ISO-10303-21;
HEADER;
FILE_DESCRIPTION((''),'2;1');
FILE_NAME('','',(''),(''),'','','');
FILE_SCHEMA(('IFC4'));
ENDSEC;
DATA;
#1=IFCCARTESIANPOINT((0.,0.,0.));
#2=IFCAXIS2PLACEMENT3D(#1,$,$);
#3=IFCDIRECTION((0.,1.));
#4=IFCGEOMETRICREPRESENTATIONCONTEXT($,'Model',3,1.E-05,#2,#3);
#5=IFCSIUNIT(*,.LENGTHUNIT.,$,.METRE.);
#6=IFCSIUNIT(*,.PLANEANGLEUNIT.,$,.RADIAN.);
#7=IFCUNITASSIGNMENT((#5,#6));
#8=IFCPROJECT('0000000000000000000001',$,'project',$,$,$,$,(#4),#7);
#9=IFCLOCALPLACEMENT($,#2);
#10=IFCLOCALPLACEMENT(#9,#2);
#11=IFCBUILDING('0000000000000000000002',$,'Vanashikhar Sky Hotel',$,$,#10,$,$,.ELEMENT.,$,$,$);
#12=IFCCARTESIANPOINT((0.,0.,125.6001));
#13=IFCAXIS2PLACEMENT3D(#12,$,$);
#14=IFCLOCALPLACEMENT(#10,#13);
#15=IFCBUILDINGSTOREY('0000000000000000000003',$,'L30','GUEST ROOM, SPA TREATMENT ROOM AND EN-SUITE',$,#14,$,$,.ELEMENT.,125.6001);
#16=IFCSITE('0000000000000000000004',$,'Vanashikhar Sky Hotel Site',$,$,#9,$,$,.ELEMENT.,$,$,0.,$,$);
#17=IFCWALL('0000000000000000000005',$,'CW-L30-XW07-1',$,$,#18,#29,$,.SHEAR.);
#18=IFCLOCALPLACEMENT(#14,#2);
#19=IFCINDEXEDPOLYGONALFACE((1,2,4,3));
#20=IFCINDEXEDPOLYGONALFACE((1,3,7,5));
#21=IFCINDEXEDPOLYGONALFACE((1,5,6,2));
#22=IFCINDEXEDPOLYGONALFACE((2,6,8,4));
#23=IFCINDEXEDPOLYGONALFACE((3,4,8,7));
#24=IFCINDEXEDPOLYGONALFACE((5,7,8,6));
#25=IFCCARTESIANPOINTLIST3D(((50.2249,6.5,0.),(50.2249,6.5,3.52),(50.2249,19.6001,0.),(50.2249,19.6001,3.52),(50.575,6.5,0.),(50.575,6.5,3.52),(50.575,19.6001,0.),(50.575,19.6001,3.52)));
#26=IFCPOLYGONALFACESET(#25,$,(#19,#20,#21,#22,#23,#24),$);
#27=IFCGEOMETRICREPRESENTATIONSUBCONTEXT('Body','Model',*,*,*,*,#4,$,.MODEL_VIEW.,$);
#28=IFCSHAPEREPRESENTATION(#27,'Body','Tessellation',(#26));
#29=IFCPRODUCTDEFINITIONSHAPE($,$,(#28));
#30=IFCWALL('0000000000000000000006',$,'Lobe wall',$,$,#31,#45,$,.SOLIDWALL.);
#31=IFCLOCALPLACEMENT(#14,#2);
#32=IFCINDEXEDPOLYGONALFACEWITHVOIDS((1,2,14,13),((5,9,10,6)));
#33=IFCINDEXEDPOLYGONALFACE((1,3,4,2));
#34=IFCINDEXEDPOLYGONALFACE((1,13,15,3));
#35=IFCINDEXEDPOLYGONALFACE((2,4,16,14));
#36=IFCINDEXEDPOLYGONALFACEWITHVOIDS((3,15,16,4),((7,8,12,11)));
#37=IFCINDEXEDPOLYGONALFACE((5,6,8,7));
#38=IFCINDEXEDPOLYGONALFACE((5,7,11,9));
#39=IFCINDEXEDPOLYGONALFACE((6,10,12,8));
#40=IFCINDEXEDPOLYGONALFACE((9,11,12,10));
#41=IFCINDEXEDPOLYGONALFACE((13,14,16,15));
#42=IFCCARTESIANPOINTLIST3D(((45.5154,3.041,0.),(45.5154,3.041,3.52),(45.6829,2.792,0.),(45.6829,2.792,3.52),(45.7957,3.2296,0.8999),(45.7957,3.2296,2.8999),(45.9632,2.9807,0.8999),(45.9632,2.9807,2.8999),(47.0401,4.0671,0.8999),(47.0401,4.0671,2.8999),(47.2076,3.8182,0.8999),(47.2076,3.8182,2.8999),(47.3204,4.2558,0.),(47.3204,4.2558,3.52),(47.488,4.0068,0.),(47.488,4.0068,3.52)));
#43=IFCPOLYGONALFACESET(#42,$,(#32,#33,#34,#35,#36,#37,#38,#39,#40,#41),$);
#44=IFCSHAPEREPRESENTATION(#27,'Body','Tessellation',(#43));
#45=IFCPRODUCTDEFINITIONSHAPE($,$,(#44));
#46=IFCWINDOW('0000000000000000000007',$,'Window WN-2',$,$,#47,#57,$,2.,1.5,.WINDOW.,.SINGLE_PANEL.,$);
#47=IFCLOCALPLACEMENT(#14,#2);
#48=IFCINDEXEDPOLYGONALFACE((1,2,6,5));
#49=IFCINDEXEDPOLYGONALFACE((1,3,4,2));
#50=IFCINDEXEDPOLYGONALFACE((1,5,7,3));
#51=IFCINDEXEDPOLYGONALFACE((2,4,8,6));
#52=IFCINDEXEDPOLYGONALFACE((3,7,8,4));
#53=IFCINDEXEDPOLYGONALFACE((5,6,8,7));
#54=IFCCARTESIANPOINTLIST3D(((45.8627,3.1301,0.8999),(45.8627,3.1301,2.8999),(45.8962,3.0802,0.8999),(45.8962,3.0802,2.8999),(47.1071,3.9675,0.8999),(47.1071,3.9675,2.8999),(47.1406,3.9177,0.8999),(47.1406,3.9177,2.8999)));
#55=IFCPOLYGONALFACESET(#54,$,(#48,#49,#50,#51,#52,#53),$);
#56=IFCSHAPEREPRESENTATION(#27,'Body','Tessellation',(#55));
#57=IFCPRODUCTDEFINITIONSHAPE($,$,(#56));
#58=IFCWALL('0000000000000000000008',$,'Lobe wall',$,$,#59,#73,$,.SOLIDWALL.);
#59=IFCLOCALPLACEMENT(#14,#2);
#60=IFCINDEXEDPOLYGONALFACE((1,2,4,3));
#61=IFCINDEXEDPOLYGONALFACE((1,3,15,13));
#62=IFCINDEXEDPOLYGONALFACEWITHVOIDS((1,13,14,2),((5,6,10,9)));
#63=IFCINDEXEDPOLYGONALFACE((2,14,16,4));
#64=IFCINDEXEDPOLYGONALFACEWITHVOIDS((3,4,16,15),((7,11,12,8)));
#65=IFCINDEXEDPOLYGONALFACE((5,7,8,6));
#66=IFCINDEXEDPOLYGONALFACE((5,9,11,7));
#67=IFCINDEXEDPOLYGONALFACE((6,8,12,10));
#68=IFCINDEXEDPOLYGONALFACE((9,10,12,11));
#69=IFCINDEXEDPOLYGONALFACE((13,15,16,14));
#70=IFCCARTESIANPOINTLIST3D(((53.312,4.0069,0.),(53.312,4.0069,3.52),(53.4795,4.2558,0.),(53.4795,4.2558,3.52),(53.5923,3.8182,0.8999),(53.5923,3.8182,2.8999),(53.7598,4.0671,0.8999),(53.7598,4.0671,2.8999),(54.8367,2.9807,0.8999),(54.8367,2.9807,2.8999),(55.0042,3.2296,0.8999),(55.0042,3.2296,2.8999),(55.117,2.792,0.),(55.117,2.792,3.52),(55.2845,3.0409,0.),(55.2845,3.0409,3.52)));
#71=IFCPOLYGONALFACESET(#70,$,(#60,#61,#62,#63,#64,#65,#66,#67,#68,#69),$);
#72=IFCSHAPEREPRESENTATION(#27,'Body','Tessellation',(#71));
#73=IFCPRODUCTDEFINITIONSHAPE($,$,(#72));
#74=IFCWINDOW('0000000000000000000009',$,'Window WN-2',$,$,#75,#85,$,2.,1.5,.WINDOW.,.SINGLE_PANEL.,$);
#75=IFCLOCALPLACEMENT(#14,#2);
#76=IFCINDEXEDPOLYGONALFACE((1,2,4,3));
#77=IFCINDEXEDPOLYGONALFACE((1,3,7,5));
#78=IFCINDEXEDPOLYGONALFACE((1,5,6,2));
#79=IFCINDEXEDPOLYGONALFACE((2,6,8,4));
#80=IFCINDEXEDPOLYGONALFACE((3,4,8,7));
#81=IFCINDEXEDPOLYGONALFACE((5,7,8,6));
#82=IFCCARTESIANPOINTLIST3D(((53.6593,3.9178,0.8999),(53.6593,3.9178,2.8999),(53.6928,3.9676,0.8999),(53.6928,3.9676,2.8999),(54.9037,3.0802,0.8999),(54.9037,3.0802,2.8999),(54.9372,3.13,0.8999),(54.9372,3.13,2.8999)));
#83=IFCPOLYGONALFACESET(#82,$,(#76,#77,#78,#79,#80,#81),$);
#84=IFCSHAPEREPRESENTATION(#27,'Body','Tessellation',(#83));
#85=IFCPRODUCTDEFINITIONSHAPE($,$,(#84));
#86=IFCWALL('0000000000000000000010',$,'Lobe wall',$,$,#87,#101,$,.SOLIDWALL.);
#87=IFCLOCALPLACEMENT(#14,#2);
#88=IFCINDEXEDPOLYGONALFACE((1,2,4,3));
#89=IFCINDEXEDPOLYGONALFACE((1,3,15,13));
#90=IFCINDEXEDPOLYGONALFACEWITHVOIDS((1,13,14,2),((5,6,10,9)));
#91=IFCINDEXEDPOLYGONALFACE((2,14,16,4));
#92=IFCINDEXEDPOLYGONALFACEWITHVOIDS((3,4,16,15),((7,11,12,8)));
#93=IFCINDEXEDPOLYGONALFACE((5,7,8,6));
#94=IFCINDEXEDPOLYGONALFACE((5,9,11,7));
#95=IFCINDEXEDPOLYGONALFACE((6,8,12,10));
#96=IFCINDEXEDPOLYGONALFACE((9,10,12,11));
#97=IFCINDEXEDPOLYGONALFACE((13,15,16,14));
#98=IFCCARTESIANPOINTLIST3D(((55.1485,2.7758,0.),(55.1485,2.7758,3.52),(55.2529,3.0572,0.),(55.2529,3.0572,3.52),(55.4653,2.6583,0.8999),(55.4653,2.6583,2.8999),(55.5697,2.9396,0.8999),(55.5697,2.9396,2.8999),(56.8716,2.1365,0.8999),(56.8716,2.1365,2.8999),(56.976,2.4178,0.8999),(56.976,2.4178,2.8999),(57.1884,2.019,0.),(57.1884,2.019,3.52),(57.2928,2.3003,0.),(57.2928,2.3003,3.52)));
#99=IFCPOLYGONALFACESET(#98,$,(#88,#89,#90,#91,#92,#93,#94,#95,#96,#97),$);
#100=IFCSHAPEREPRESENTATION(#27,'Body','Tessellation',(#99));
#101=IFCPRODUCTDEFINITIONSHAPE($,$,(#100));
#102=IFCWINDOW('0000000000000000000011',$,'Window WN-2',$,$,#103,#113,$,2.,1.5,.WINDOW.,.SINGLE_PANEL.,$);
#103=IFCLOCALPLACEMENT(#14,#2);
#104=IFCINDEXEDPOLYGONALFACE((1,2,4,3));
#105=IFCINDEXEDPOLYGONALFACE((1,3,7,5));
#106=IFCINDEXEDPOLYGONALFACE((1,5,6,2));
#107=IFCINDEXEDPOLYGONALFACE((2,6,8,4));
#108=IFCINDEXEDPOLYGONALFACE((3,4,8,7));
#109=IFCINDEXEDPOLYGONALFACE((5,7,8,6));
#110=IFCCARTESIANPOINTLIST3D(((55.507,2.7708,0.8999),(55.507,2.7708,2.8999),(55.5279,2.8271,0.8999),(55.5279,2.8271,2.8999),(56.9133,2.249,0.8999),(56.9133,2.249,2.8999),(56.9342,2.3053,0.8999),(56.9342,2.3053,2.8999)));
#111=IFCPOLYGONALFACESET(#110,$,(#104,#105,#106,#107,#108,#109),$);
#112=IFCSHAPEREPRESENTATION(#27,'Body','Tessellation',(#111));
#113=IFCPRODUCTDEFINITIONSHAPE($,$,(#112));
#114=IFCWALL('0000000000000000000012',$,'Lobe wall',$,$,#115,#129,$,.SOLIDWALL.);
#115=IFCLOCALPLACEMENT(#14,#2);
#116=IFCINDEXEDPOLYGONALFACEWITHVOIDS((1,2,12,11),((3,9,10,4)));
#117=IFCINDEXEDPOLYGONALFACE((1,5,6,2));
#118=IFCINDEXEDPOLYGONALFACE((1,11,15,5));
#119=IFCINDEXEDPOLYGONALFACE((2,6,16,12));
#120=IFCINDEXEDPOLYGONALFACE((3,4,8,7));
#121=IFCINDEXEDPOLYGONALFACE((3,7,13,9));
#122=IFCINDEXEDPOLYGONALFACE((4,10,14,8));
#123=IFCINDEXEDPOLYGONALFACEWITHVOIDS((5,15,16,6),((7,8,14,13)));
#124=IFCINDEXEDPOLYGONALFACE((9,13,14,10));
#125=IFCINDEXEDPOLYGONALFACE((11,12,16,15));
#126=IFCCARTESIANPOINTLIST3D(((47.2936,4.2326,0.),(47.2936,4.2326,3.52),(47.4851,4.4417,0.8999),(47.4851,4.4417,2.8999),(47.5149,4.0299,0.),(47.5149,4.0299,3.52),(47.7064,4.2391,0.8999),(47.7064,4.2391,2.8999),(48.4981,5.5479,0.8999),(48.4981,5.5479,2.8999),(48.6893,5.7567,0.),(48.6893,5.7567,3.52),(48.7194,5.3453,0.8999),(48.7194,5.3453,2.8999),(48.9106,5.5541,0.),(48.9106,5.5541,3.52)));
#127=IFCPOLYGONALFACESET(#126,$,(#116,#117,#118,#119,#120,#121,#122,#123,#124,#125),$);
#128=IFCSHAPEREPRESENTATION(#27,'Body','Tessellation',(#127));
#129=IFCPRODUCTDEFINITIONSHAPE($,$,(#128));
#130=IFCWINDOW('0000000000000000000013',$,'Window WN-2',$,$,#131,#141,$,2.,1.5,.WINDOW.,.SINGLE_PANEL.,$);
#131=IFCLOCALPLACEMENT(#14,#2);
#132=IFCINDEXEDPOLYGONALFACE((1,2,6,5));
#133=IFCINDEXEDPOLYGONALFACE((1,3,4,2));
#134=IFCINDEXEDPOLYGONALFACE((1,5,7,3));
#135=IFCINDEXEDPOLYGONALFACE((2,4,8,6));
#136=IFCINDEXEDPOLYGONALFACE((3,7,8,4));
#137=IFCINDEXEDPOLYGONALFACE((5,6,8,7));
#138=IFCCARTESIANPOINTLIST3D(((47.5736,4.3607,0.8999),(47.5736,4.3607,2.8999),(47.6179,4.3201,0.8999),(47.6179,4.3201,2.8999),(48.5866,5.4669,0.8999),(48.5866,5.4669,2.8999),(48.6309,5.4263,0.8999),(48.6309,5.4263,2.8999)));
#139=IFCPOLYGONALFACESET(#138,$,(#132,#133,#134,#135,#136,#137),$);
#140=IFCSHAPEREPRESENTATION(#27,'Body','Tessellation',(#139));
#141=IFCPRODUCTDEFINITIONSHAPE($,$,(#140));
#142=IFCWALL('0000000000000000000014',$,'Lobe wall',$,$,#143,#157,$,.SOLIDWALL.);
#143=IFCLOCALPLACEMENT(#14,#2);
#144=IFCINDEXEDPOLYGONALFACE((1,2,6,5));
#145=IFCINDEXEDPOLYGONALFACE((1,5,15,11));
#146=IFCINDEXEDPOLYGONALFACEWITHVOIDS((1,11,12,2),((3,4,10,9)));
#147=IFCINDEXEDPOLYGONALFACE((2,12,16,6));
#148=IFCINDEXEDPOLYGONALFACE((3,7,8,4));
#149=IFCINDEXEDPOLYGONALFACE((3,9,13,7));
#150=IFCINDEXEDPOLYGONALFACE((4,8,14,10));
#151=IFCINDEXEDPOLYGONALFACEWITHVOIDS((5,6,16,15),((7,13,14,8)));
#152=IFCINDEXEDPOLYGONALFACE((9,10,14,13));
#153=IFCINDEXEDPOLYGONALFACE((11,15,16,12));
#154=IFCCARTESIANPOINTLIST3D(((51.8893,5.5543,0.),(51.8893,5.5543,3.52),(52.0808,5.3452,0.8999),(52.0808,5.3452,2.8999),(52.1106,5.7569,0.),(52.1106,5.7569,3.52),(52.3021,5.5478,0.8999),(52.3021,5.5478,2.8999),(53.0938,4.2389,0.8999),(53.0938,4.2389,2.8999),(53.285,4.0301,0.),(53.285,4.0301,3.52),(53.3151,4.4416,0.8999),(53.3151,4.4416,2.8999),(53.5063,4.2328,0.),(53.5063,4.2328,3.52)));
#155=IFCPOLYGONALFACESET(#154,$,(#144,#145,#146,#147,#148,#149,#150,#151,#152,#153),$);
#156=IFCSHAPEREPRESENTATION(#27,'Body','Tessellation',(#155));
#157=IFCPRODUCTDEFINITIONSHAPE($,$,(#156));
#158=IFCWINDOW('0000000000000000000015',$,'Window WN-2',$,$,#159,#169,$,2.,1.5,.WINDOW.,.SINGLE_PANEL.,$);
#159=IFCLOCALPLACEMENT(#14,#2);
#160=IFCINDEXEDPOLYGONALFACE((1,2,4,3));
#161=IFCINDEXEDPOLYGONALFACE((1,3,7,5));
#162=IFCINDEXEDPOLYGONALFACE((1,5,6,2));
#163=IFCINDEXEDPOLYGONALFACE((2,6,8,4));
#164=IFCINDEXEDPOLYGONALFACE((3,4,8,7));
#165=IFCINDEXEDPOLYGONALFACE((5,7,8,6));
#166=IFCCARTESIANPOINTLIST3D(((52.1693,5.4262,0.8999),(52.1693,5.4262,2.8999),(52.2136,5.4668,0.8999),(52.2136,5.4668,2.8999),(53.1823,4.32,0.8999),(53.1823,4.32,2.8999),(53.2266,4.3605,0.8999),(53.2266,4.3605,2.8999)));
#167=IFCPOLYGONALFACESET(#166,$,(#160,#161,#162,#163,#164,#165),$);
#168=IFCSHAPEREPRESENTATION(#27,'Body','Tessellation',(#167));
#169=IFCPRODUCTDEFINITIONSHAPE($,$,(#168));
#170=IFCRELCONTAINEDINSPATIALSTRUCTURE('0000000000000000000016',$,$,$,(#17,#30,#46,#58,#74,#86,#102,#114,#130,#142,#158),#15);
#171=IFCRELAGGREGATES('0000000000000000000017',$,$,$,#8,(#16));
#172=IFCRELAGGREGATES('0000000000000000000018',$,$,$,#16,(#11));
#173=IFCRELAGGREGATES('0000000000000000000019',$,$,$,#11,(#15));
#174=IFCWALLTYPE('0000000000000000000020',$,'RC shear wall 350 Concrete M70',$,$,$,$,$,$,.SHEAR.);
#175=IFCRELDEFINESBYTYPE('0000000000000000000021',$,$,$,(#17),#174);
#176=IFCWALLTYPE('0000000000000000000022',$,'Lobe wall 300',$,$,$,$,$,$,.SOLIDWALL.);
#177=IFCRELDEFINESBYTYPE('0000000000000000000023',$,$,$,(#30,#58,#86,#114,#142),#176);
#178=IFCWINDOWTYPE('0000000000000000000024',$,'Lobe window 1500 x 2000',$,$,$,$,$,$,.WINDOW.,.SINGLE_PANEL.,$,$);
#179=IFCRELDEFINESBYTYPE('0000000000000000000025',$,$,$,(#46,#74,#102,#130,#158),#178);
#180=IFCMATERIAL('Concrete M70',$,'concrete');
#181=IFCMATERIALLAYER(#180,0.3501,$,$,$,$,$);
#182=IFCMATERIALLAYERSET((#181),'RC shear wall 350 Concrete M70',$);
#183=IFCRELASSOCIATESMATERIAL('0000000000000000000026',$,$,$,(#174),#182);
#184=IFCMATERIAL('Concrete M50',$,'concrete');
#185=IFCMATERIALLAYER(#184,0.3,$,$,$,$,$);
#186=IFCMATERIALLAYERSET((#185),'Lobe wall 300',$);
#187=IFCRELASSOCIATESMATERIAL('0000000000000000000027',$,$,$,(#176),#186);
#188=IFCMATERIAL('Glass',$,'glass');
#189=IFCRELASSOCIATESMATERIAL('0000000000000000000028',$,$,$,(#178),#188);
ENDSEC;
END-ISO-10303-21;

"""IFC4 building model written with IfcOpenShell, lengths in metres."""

from ifc_helpers import new_model, si_unit, direction, frame, frame_2d, origin, place, context, subcontext, project, spatial, rectangle, extrude, source, transform, mapped, material, layer, layer_set, type_object, element, fill, save


model = new_model("IFC4")

# Units and contexts
model_context = context("Model", 3, precision=1e-05, world=origin(), true_north=direction((0.0, 1.0)))
body_context = subcontext(model_context, "Body", "Model", "MODEL_VIEW")
ifc_project = project(units=[si_unit("LENGTHUNIT", "METRE"), si_unit("PLANEANGLEUNIT", "RADIAN")], contexts=[model_context])

# Site, building, storey
site_placement = place(None, origin())
site = spatial("IfcSite", under=ifc_project, at=site_placement, Name="Vanashikhar Sky Hotel Site", CompositionType="ELEMENT", RefElevation=0.0)
building_placement = place(site_placement, origin())
building = spatial("IfcBuilding", under=site, at=building_placement, Name="Vanashikhar Sky Hotel", CompositionType="ELEMENT")
storey_placement = place(building_placement, frame((0.0, 0.0, 125.6001)))
storey = spatial("IfcBuildingStorey", under=building, at=storey_placement, Name="L30", Description="GUEST ROOM, SPA TREATMENT ROOM AND EN-SUITE", CompositionType="ELEMENT", Elevation=125.6001)

# Wall
ifc_material_1 = material(Name="Concrete M70", Category="concrete")
ifc_layer_1 = layer(ifc_material_1, 0.3501)
ifc_layer_set_1 = layer_set([ifc_layer_1], Name="RC shear wall 350 Concrete M70")
wall_type_1 = type_object("IfcWallType", Name="RC shear wall 350 Concrete M70", PredefinedType="SHEAR", material=ifc_layer_set_1)
shared_shape_1 = source(origin(), body_context, "Body", "SweptSolid", [
    extrude(rectangle(XDim=13.1001, YDim=0.3501, at=frame_2d((6.55, 0.0))), origin(), (0.0, 0.0, 1.0), 3.52),
])
wall_1_placement = place(storey_placement, frame((50.3999, 6.5, 0.0), z_axis=(0.0, 0.0, 1.0), x_axis=(0.0, 1.0, 0.0)))
element("IfcWall", 1, at=wall_1_placement, inside=storey, type_object=wall_type_1, Name="CW-L30-XW07-1", PredefinedType="SHEAR", context=body_context, shape_type="MappedRepresentation", body=[
    mapped(shared_shape_1, transform((0.0, 0.0, 0.0), scale=1.0)),
])

# Walls, openings, windows
ifc_material_2 = material(Name="Concrete M50", Category="concrete")
ifc_layer_2 = layer(ifc_material_2, 0.3)
ifc_layer_set_2 = layer_set([ifc_layer_2], Name="Lobe wall 300")
wall_type_2 = type_object("IfcWallType", Name="Lobe wall 300", PredefinedType="SOLIDWALL", material=ifc_layer_set_2)
shared_shape_2 = source(origin(), body_context, "Body", "SweptSolid", [
    extrude(rectangle(XDim=2.1758, YDim=0.3, at=frame_2d((1.0879, 0.0))), origin(), (0.0, 0.0, 1.0), 3.52),
])
wall_2_placement = place(storey_placement, frame((45.5991, 2.9165, 0.0), z_axis=(0.0, 0.0, 1.0), x_axis=(0.829626, 0.55832, 0.0)))
wall_2 = element("IfcWall", 2, at=wall_2_placement, inside=storey, type_object=wall_type_2, Name="Lobe wall", PredefinedType="SOLIDWALL", context=body_context, shape_type="MappedRepresentation", body=[
    mapped(shared_shape_2, transform((0.0, 0.0, 0.0), scale=1.0)),
])
shared_shape_3 = source(origin(), body_context, "Body", "SweptSolid", [
    extrude(rectangle(XDim=1.5, YDim=2.0, at=frame_2d((0.75, 1.0))), frame((0.0, 0.1602, 0.0), z_axis=(0.0, -1.0, 0.0), x_axis=(1.0, 0.0, 0.0)), (0.0, 0.0, 1.0), 0.3201),
])
opening_1_placement = place(wall_2_placement, frame((0.3379, 0.0, 0.8999)))
opening_1 = element("IfcOpeningElement", 3, at=opening_1_placement, cuts=wall_2, PredefinedType="OPENING", context=body_context, shape_type="MappedRepresentation", body=[
    mapped(shared_shape_3, transform((0.0, 0.0, 0.0), scale=1.0)),
])
ifc_material_3 = material(Name="Glass", Category="glass")
window_type = type_object("IfcWindowType", Name="Lobe window 1500 x 2000", PartitioningType="SINGLE_PANEL", PredefinedType="WINDOW", material=ifc_material_3)
shared_shape_4 = source(origin(), body_context, "Body", "SweptSolid", [
    extrude(rectangle(XDim=1.5, YDim=2.0, at=frame_2d((0.75, 1.0))), frame((0.0, 0.03, 0.0), z_axis=(0.0, -1.0, 0.0), x_axis=(1.0, 0.0, 0.0)), (0.0, 0.0, 1.0), 0.0601),
])
window_1_placement = place(opening_1_placement, origin())
window_1 = element("IfcWindow", 4, at=window_1_placement, inside=storey, type_object=window_type, Name="Window WN-2", OverallHeight=2.0, OverallWidth=1.5, PartitioningType="SINGLE_PANEL", PredefinedType="WINDOW", context=body_context, shape_type="MappedRepresentation", body=[
    mapped(shared_shape_4, transform((0.0, 0.0, 0.0), scale=1.0)),
])
fill(opening_1, window_1)
wall_3_placement = place(storey_placement, frame((53.3958, 4.1313, 0.0), z_axis=(0.0, 0.0, 1.0), x_axis=(0.829591, -0.558372, 0.0)))
wall_3 = element("IfcWall", 5, at=wall_3_placement, inside=storey, type_object=wall_type_2, Name="Lobe wall", PredefinedType="SOLIDWALL", context=body_context, shape_type="MappedRepresentation", body=[
    mapped(shared_shape_2, transform((0.0, 0.0, 0.0), scale=1.0)),
])
opening_2_placement = place(wall_3_placement, frame((0.3379, 0.0, 0.8999)))
opening_2 = element("IfcOpeningElement", 6, at=opening_2_placement, cuts=wall_3, PredefinedType="OPENING", context=body_context, shape_type="MappedRepresentation", body=[
    mapped(shared_shape_3, transform((0.0, 0.0, 0.0), scale=1.0)),
])
window_2_placement = place(opening_2_placement, origin())
window_2 = element("IfcWindow", 7, at=window_2_placement, inside=storey, type_object=window_type, Name="Window WN-2", OverallHeight=2.0, OverallWidth=1.5, PartitioningType="SINGLE_PANEL", PredefinedType="WINDOW", context=body_context, shape_type="MappedRepresentation", body=[
    mapped(shared_shape_4, transform((0.0, 0.0, 0.0), scale=1.0)),
])
fill(opening_2, window_2)
wall_4_placement = place(storey_placement, frame((55.2007, 2.9165, 0.0), z_axis=(0.0, 0.0, 1.0), x_axis=(0.937546, -0.347863, 0.0)))
wall_4 = element("IfcWall", 8, at=wall_4_placement, inside=storey, type_object=wall_type_2, Name="Lobe wall", PredefinedType="SOLIDWALL", context=body_context, shape_type="MappedRepresentation", body=[
    mapped(shared_shape_2, transform((0.0, 0.0, 0.0), scale=1.0)),
])
opening_3_placement = place(wall_4_placement, frame((0.3379, 0.0, 0.8999)))
opening_3 = element("IfcOpeningElement", 9, at=opening_3_placement, cuts=wall_4, PredefinedType="OPENING", context=body_context, shape_type="MappedRepresentation", body=[
    mapped(shared_shape_3, transform((0.0, 0.0, 0.0), scale=1.0)),
])
window_3_placement = place(opening_3_placement, origin())
window_3 = element("IfcWindow", 10, at=window_3_placement, inside=storey, type_object=window_type, Name="Window WN-2", OverallHeight=2.0, OverallWidth=1.5, PartitioningType="SINGLE_PANEL", PredefinedType="WINDOW", context=body_context, shape_type="MappedRepresentation", body=[
    mapped(shared_shape_4, transform((0.0, 0.0, 0.0), scale=1.0)),
])
fill(opening_3, window_3)
shared_shape_5 = source(origin(), body_context, "Body", "SweptSolid", [
    extrude(rectangle(XDim=2.0667, YDim=0.3, at=frame_2d((1.0332, 0.0))), origin(), (0.0, 0.0, 1.0), 3.52),
])
wall_5_placement = place(storey_placement, frame((47.4043, 4.1313, 0.0), z_axis=(0.0, 0.0, 1.0), x_axis=(0.675355, 0.737492, 0.0)))
wall_5 = element("IfcWall", 11, at=wall_5_placement, inside=storey, type_object=wall_type_2, Name="Lobe wall", PredefinedType="SOLIDWALL", context=body_context, shape_type="MappedRepresentation", body=[
    mapped(shared_shape_5, transform((0.0, 0.0, 0.0), scale=1.0)),
])
opening_4_placement = place(wall_5_placement, frame((0.2834, 0.0, 0.8999)))
opening_4 = element("IfcOpeningElement", 12, at=opening_4_placement, cuts=wall_5, PredefinedType="OPENING", context=body_context, shape_type="MappedRepresentation", body=[
    mapped(shared_shape_3, transform((0.0, 0.0, 0.0), scale=1.0)),
])
window_4_placement = place(opening_4_placement, origin())
window_4 = element("IfcWindow", 13, at=window_4_placement, inside=storey, type_object=window_type, Name="Window WN-2", OverallHeight=2.0, OverallWidth=1.5, PartitioningType="SINGLE_PANEL", PredefinedType="WINDOW", context=body_context, shape_type="MappedRepresentation", body=[
    mapped(shared_shape_4, transform((0.0, 0.0, 0.0), scale=1.0)),
])
fill(opening_4, window_4)
wall_6_placement = place(storey_placement, frame((52.0, 5.6555, 0.0), z_axis=(0.0, 0.0, 1.0), x_axis=(0.675355, -0.737492, 0.0)))
wall_6 = element("IfcWall", 14, at=wall_6_placement, inside=storey, type_object=wall_type_2, Name="Lobe wall", PredefinedType="SOLIDWALL", context=body_context, shape_type="MappedRepresentation", body=[
    mapped(shared_shape_5, transform((0.0, 0.0, 0.0), scale=1.0)),
])
opening_5_placement = place(wall_6_placement, frame((0.2834, 0.0, 0.8999)))
opening_5 = element("IfcOpeningElement", 15, at=opening_5_placement, cuts=wall_6, PredefinedType="OPENING", context=body_context, shape_type="MappedRepresentation", body=[
    mapped(shared_shape_3, transform((0.0, 0.0, 0.0), scale=1.0)),
])
window_5_placement = place(opening_5_placement, origin())
window_5 = element("IfcWindow", 16, at=window_5_placement, inside=storey, type_object=window_type, Name="Window WN-2", OverallHeight=2.0, OverallWidth=1.5, PartitioningType="SINGLE_PANEL", PredefinedType="WINDOW", context=body_context, shape_type="MappedRepresentation", body=[
    mapped(shared_shape_4, transform((0.0, 0.0, 0.0), scale=1.0)),
])
fill(opening_5, window_5)

save(model, "model.ifc")
